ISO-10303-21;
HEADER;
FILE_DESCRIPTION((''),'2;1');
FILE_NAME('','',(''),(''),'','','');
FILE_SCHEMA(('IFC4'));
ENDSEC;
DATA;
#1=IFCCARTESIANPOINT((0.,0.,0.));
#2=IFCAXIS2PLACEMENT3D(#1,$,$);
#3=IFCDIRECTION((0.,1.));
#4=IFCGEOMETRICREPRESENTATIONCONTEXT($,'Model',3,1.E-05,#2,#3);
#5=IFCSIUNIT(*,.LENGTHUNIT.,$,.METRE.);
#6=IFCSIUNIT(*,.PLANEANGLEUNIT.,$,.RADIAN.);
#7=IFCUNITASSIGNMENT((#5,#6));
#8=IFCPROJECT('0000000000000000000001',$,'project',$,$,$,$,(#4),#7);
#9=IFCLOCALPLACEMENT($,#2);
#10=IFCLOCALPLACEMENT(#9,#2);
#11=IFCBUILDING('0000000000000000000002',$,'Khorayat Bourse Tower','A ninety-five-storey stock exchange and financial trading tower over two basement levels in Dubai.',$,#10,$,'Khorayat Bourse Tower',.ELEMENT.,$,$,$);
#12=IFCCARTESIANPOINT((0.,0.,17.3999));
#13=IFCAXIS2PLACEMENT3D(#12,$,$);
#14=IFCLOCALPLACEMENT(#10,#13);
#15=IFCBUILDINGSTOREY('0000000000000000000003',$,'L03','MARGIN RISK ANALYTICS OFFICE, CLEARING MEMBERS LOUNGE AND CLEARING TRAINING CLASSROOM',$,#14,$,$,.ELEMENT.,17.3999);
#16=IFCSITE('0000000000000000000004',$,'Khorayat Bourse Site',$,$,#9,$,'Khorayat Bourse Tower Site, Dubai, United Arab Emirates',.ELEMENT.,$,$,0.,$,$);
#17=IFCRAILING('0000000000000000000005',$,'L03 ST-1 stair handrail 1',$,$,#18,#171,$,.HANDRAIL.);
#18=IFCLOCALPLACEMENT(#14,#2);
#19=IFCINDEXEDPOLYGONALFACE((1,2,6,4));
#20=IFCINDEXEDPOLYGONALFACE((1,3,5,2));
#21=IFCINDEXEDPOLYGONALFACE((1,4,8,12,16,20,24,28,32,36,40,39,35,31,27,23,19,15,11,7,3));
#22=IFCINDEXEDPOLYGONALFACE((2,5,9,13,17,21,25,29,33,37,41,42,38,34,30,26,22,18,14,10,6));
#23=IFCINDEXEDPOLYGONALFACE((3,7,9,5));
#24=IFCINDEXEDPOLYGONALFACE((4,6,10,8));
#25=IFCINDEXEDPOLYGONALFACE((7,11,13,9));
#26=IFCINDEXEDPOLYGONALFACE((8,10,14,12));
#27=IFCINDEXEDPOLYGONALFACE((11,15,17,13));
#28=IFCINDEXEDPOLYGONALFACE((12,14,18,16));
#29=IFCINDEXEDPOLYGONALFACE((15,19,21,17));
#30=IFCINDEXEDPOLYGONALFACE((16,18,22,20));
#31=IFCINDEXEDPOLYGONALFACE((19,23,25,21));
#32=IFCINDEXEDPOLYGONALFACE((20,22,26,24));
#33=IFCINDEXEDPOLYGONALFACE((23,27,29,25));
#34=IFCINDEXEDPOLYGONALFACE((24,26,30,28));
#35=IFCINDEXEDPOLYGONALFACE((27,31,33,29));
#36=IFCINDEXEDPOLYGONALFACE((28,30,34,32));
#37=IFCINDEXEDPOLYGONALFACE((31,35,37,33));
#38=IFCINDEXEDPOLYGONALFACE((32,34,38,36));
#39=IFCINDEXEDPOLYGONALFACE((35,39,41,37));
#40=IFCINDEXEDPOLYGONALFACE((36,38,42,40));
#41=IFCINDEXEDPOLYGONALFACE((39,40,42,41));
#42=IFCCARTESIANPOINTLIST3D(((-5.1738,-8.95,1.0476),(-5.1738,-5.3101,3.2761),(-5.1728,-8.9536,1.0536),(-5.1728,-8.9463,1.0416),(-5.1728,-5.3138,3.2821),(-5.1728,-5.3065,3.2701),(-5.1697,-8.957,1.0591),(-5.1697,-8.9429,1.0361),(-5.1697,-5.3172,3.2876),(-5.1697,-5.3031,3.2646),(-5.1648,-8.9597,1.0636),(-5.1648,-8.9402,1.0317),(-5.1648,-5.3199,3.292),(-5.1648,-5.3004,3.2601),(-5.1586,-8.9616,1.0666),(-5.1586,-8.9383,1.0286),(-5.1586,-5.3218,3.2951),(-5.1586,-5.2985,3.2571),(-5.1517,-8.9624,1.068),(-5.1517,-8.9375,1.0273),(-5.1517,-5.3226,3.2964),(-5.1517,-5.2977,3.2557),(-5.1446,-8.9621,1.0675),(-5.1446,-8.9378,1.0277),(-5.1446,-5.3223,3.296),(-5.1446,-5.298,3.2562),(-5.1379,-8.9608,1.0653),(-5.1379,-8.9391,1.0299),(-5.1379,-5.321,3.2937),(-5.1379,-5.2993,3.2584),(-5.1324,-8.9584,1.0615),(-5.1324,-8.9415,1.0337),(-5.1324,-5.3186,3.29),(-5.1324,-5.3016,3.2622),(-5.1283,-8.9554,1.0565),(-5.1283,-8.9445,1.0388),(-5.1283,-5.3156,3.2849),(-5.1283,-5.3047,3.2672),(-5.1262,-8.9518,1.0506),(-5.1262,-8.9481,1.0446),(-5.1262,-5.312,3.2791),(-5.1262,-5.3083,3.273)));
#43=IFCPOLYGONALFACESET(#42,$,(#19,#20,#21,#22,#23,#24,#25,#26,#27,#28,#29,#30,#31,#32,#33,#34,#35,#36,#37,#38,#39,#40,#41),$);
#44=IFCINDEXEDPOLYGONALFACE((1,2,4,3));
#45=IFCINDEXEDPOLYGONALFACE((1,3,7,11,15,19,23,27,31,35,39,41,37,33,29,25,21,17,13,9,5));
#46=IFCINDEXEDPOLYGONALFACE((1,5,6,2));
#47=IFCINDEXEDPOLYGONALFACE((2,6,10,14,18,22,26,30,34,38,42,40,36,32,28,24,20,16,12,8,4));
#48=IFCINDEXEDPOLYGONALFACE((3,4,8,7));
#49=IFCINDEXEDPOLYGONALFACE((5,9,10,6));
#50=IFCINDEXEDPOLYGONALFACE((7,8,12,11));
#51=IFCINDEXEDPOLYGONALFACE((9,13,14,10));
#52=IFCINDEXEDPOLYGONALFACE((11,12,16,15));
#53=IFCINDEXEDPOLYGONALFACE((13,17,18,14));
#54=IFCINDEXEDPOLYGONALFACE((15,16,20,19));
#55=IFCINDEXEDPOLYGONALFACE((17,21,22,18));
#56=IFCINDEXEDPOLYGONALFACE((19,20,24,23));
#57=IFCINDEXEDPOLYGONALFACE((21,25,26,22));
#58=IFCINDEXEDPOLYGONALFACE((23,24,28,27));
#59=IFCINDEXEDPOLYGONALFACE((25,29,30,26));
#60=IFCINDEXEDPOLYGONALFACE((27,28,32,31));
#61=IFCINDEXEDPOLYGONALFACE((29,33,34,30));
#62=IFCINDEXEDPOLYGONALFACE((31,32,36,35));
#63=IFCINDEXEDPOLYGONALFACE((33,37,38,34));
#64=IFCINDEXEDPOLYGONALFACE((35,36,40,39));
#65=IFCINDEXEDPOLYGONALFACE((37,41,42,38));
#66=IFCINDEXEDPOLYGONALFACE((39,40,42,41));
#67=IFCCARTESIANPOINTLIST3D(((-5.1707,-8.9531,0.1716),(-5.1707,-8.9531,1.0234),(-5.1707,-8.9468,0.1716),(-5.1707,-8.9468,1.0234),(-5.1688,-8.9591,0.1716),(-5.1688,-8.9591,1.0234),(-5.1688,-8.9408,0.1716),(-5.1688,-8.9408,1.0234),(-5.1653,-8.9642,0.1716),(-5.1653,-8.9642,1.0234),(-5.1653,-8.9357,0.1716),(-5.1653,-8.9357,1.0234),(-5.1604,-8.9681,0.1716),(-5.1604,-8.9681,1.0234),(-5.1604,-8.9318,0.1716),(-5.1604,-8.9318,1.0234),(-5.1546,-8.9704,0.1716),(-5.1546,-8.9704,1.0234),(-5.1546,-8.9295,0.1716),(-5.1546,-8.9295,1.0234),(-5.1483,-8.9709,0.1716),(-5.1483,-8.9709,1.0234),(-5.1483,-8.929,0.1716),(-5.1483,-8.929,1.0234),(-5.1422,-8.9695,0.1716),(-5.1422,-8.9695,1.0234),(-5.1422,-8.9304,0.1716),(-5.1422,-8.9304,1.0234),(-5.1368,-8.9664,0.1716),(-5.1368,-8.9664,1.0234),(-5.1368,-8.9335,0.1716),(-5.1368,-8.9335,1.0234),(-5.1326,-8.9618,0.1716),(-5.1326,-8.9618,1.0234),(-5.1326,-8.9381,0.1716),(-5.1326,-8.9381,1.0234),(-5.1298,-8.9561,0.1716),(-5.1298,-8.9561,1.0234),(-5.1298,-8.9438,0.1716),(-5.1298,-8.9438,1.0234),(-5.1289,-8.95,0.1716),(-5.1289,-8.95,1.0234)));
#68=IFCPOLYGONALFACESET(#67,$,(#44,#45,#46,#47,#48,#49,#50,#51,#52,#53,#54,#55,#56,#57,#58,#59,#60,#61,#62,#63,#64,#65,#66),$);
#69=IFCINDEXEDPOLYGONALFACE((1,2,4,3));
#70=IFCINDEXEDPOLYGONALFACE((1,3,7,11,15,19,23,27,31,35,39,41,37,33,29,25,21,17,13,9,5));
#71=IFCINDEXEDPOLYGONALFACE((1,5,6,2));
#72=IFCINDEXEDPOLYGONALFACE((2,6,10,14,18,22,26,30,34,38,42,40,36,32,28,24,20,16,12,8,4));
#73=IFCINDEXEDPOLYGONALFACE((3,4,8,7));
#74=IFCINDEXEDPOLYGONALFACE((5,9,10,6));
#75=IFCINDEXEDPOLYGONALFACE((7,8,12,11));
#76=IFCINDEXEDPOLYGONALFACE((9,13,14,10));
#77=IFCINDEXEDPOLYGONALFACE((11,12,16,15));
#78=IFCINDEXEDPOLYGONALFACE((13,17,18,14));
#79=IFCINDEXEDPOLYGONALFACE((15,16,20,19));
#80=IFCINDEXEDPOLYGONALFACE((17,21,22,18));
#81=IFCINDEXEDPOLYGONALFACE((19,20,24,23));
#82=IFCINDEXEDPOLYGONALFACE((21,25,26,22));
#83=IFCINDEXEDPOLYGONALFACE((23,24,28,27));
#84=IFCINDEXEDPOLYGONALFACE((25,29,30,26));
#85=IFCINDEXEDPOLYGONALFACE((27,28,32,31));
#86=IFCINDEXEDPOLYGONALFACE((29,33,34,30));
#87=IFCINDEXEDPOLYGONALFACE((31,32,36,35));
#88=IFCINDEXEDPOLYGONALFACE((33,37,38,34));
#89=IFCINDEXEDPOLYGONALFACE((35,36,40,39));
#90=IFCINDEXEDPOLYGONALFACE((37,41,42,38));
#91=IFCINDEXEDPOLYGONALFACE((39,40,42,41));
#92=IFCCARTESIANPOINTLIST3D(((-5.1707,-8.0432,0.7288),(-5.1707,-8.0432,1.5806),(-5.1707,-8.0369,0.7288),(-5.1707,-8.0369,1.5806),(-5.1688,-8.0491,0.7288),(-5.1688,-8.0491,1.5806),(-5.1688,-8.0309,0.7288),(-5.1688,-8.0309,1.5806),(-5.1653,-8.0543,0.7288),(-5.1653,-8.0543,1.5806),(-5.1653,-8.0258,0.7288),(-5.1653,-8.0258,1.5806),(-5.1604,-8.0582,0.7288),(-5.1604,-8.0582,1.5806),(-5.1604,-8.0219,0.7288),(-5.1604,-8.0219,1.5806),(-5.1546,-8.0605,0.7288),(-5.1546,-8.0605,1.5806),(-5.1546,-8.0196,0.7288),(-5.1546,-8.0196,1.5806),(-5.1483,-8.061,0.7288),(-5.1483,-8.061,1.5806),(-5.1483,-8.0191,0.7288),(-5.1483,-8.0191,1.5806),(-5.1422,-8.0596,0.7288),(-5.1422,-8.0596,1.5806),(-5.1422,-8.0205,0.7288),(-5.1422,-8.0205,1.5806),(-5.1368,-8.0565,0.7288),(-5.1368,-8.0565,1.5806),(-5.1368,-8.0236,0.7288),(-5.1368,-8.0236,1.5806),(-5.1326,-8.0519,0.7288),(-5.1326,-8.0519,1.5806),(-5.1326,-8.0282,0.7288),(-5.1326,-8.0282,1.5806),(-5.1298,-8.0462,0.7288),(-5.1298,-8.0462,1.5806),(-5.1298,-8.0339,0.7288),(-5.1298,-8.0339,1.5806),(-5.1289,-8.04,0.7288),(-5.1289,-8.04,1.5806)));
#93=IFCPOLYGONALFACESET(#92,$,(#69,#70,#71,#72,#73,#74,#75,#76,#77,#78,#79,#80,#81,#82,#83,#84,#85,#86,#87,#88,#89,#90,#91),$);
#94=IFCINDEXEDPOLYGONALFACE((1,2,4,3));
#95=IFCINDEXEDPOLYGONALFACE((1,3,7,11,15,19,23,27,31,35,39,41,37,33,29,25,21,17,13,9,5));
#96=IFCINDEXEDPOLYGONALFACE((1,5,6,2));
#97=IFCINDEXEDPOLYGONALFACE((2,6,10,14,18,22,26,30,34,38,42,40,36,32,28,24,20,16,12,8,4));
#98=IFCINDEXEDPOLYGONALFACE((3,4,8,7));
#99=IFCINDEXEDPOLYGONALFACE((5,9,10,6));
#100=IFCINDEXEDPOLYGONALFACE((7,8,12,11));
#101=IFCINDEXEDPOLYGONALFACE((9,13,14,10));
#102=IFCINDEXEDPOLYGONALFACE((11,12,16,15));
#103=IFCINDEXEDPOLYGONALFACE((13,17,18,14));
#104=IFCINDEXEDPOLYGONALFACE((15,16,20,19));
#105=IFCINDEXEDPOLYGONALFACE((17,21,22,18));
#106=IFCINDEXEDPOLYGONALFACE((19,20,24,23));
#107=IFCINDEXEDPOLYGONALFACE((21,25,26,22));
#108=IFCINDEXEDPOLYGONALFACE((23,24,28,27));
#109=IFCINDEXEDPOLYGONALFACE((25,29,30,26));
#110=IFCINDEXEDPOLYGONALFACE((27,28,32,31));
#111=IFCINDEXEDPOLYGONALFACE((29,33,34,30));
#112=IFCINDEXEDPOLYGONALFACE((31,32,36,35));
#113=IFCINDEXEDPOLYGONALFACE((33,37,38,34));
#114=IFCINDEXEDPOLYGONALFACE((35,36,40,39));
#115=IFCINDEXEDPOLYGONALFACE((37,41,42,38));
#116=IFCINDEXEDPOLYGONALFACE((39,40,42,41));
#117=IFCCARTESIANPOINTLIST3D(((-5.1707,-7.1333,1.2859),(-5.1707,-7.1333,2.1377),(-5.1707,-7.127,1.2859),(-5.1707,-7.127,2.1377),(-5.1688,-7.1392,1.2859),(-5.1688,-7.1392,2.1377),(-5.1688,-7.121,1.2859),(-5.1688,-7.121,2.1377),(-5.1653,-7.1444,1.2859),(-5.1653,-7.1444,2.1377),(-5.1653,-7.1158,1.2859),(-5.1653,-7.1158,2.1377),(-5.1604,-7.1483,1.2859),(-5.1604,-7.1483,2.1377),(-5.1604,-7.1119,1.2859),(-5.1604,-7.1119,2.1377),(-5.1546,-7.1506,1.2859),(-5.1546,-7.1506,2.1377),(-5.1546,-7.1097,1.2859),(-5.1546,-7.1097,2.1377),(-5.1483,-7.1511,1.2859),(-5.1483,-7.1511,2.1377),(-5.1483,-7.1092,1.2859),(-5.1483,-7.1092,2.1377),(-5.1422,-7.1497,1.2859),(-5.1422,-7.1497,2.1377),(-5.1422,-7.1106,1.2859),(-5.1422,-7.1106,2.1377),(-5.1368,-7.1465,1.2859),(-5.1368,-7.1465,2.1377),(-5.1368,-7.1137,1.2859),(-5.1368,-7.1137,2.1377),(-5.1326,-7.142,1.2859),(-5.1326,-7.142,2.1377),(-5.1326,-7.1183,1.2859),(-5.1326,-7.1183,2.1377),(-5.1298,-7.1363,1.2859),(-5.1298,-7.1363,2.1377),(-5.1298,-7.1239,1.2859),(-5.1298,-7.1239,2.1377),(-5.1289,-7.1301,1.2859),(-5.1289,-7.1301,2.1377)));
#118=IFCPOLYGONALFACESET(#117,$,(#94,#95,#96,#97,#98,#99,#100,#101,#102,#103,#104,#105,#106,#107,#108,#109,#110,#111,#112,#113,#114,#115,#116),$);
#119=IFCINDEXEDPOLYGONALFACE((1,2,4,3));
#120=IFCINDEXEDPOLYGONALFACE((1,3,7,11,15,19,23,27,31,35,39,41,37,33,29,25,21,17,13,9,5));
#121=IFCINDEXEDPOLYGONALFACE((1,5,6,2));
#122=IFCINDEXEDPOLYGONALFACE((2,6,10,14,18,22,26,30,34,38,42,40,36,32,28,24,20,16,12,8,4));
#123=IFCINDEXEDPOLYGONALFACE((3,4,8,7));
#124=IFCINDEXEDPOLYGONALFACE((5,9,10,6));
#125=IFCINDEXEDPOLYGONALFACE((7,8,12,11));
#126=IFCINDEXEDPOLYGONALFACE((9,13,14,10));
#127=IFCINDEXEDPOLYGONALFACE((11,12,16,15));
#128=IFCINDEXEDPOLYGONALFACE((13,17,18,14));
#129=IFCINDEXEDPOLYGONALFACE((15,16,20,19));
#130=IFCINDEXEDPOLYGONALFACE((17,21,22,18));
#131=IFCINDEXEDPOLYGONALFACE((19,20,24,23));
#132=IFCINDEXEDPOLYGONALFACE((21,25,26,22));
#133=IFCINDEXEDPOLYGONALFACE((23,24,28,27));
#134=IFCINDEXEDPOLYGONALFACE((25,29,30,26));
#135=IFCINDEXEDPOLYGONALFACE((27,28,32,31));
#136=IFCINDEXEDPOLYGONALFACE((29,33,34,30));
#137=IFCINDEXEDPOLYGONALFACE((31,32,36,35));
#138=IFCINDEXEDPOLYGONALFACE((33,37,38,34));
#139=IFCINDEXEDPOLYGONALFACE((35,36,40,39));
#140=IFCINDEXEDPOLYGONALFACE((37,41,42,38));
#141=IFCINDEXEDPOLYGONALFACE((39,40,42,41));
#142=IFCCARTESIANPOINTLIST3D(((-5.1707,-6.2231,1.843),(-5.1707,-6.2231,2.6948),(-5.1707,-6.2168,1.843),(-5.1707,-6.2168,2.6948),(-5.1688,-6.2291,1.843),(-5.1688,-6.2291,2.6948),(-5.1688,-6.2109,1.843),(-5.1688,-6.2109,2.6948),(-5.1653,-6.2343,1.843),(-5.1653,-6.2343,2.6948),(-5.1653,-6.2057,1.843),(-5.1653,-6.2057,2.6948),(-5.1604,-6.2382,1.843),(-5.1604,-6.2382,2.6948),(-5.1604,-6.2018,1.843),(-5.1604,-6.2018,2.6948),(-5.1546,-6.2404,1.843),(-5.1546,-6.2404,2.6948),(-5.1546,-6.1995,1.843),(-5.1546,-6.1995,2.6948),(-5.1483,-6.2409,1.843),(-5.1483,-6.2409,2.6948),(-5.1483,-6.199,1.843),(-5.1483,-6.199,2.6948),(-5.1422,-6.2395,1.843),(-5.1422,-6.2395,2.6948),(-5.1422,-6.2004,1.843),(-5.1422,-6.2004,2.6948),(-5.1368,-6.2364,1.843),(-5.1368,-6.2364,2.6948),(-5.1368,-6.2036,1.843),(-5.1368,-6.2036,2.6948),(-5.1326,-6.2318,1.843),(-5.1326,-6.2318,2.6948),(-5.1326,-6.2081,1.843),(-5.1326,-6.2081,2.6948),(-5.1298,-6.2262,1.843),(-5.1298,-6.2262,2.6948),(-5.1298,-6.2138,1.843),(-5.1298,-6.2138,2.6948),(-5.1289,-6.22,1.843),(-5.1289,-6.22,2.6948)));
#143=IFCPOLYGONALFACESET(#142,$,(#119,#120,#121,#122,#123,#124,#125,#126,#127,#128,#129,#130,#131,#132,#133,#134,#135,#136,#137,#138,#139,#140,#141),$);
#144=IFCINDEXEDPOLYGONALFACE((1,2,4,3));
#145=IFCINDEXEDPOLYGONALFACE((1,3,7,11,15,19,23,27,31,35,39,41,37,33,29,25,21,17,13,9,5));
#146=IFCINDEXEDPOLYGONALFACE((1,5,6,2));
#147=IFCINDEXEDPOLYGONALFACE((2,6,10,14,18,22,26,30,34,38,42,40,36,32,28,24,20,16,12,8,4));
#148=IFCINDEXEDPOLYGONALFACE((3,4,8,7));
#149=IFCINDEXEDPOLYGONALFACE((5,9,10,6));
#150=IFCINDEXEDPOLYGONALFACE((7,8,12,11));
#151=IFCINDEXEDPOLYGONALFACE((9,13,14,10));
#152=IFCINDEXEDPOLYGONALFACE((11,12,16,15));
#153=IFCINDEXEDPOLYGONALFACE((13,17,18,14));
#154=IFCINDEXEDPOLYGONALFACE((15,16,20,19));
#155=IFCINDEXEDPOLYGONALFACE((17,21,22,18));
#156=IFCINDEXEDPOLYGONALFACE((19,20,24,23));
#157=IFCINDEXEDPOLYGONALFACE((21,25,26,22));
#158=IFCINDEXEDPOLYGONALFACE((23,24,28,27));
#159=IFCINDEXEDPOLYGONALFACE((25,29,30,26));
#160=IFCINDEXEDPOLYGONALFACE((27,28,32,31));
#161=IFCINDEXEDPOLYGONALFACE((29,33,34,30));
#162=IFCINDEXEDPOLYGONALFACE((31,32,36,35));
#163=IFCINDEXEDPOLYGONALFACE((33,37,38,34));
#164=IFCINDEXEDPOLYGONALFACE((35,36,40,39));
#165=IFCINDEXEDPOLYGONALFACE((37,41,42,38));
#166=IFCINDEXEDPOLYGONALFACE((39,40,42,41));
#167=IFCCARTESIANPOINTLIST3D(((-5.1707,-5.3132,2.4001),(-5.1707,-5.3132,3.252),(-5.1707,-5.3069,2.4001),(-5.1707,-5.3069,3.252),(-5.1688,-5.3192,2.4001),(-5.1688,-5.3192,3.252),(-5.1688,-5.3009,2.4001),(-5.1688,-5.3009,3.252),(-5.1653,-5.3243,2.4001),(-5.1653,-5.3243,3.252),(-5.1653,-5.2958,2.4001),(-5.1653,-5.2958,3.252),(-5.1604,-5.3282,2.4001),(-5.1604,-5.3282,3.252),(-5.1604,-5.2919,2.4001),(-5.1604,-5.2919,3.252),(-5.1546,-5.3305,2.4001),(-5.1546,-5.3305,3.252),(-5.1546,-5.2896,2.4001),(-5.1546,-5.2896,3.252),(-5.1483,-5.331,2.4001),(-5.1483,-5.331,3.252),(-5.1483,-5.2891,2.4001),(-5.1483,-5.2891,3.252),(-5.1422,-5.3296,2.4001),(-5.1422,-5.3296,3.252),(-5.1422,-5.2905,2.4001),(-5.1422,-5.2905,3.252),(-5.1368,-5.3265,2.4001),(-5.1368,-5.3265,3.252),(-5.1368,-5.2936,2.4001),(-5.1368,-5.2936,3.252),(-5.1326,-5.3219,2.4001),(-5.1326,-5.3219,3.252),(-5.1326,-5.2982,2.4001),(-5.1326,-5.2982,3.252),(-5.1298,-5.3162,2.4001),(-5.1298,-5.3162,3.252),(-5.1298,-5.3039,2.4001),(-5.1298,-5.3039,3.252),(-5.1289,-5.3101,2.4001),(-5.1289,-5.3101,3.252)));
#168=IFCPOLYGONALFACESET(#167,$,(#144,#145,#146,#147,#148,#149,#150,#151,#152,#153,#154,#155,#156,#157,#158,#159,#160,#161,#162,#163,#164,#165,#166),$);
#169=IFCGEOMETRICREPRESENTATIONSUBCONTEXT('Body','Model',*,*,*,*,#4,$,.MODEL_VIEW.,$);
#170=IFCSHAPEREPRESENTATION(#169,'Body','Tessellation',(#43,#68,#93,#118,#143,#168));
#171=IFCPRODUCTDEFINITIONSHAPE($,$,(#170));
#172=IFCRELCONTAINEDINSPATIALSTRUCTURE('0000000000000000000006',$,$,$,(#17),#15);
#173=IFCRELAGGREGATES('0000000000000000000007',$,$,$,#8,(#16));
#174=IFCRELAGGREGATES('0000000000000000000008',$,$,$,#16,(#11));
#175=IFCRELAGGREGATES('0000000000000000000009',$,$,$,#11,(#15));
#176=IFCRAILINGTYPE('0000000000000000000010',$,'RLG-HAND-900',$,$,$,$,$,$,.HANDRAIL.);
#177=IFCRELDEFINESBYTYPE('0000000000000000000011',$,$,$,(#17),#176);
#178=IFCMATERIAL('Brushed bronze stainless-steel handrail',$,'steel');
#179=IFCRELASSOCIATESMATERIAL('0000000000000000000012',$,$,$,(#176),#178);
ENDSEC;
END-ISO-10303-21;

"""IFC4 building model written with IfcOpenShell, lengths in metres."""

from ifc_helpers import new_model, si_unit, direction, frame, origin, origin_2d, place, context, subcontext, project, spatial, circle, extrude, source, transform, mapped, material, type_object, element, save


model = new_model("IFC4")

# Units and contexts
model_context = context("Model", 3, precision=1e-05, world=origin(), true_north=direction((0.0, 1.0)))
body_context = subcontext(model_context, "Body", "Model", "MODEL_VIEW")
ifc_project = project(units=[si_unit("LENGTHUNIT", "METRE"), si_unit("PLANEANGLEUNIT", "RADIAN")], contexts=[model_context])

# Site, building, storey
site_placement = place(None, origin())
site = spatial("IfcSite", under=ifc_project, at=site_placement, Name="Khorayat Bourse Site", LongName="Khorayat Bourse Tower Site, Dubai, United Arab Emirates", CompositionType="ELEMENT", RefElevation=0.0)
building_placement = place(site_placement, origin())
building = spatial("IfcBuilding", under=site, at=building_placement, Name="Khorayat Bourse Tower", Description="A ninety-five-storey stock exchange and financial trading tower over two basement levels in Dubai.", LongName="Khorayat Bourse Tower", CompositionType="ELEMENT")
storey_placement = place(building_placement, frame((0.0, 0.0, 17.3999)))
storey = spatial("IfcBuildingStorey", under=building, at=storey_placement, Name="L03", Description="MARGIN RISK ANALYTICS OFFICE, CLEARING MEMBERS LOUNGE AND CLEARING TRAINING CLASSROOM", CompositionType="ELEMENT", Elevation=17.3999)

# Railing
ifc_material_1 = material(Name="Brushed bronze stainless-steel handrail", Category="steel")
railing_type_1 = type_object("IfcRailingType", Name="RLG-HAND-900", PredefinedType="HANDRAIL", material=ifc_material_1)
shared_shape_1 = source(origin(), body_context, "Body", "SweptSolid", [
    extrude(circle(Radius=0.0239, at=origin_2d()), frame((0.0, 0.0, 0.876), z_axis=(0.0, 0.85285, 0.522156), x_axis=(-1.0, 0.0, 0.0)), (0.0, 0.0, 1.0), 4.2678),
    extrude(circle(Radius=0.021, at=origin_2d()), origin(), (0.0, 0.0, 1.0), 0.8518),
    extrude(circle(Radius=0.021, at=origin_2d()), frame((0.0, 0.9099, 0.5571)), (0.0, 0.0, 1.0), 0.8518),
    extrude(circle(Radius=0.021, at=origin_2d()), frame((0.0, 1.8198, 1.1143)), (0.0, 0.0, 1.0), 0.8518),
    extrude(circle(Radius=0.021, at=origin_2d()), frame((0.0, 2.73, 1.6714)), (0.0, 0.0, 1.0), 0.8518),
    extrude(circle(Radius=0.021, at=origin_2d()), frame((0.0, 3.6399, 2.2285)), (0.0, 0.0, 1.0), 0.8518),
])
railing_1_placement = place(storey_placement, frame((-5.1499, -8.95, 0.1716)))
element("IfcRailing", 1, at=railing_1_placement, inside=storey, type_object=railing_type_1, Name="L03 ST-1 stair handrail 1", PredefinedType="HANDRAIL", context=body_context, shape_type="MappedRepresentation", body=[
    mapped(shared_shape_1, transform((0.0, 0.0, 0.0), scale=1.0)),
])

save(model, "model.ifc")
